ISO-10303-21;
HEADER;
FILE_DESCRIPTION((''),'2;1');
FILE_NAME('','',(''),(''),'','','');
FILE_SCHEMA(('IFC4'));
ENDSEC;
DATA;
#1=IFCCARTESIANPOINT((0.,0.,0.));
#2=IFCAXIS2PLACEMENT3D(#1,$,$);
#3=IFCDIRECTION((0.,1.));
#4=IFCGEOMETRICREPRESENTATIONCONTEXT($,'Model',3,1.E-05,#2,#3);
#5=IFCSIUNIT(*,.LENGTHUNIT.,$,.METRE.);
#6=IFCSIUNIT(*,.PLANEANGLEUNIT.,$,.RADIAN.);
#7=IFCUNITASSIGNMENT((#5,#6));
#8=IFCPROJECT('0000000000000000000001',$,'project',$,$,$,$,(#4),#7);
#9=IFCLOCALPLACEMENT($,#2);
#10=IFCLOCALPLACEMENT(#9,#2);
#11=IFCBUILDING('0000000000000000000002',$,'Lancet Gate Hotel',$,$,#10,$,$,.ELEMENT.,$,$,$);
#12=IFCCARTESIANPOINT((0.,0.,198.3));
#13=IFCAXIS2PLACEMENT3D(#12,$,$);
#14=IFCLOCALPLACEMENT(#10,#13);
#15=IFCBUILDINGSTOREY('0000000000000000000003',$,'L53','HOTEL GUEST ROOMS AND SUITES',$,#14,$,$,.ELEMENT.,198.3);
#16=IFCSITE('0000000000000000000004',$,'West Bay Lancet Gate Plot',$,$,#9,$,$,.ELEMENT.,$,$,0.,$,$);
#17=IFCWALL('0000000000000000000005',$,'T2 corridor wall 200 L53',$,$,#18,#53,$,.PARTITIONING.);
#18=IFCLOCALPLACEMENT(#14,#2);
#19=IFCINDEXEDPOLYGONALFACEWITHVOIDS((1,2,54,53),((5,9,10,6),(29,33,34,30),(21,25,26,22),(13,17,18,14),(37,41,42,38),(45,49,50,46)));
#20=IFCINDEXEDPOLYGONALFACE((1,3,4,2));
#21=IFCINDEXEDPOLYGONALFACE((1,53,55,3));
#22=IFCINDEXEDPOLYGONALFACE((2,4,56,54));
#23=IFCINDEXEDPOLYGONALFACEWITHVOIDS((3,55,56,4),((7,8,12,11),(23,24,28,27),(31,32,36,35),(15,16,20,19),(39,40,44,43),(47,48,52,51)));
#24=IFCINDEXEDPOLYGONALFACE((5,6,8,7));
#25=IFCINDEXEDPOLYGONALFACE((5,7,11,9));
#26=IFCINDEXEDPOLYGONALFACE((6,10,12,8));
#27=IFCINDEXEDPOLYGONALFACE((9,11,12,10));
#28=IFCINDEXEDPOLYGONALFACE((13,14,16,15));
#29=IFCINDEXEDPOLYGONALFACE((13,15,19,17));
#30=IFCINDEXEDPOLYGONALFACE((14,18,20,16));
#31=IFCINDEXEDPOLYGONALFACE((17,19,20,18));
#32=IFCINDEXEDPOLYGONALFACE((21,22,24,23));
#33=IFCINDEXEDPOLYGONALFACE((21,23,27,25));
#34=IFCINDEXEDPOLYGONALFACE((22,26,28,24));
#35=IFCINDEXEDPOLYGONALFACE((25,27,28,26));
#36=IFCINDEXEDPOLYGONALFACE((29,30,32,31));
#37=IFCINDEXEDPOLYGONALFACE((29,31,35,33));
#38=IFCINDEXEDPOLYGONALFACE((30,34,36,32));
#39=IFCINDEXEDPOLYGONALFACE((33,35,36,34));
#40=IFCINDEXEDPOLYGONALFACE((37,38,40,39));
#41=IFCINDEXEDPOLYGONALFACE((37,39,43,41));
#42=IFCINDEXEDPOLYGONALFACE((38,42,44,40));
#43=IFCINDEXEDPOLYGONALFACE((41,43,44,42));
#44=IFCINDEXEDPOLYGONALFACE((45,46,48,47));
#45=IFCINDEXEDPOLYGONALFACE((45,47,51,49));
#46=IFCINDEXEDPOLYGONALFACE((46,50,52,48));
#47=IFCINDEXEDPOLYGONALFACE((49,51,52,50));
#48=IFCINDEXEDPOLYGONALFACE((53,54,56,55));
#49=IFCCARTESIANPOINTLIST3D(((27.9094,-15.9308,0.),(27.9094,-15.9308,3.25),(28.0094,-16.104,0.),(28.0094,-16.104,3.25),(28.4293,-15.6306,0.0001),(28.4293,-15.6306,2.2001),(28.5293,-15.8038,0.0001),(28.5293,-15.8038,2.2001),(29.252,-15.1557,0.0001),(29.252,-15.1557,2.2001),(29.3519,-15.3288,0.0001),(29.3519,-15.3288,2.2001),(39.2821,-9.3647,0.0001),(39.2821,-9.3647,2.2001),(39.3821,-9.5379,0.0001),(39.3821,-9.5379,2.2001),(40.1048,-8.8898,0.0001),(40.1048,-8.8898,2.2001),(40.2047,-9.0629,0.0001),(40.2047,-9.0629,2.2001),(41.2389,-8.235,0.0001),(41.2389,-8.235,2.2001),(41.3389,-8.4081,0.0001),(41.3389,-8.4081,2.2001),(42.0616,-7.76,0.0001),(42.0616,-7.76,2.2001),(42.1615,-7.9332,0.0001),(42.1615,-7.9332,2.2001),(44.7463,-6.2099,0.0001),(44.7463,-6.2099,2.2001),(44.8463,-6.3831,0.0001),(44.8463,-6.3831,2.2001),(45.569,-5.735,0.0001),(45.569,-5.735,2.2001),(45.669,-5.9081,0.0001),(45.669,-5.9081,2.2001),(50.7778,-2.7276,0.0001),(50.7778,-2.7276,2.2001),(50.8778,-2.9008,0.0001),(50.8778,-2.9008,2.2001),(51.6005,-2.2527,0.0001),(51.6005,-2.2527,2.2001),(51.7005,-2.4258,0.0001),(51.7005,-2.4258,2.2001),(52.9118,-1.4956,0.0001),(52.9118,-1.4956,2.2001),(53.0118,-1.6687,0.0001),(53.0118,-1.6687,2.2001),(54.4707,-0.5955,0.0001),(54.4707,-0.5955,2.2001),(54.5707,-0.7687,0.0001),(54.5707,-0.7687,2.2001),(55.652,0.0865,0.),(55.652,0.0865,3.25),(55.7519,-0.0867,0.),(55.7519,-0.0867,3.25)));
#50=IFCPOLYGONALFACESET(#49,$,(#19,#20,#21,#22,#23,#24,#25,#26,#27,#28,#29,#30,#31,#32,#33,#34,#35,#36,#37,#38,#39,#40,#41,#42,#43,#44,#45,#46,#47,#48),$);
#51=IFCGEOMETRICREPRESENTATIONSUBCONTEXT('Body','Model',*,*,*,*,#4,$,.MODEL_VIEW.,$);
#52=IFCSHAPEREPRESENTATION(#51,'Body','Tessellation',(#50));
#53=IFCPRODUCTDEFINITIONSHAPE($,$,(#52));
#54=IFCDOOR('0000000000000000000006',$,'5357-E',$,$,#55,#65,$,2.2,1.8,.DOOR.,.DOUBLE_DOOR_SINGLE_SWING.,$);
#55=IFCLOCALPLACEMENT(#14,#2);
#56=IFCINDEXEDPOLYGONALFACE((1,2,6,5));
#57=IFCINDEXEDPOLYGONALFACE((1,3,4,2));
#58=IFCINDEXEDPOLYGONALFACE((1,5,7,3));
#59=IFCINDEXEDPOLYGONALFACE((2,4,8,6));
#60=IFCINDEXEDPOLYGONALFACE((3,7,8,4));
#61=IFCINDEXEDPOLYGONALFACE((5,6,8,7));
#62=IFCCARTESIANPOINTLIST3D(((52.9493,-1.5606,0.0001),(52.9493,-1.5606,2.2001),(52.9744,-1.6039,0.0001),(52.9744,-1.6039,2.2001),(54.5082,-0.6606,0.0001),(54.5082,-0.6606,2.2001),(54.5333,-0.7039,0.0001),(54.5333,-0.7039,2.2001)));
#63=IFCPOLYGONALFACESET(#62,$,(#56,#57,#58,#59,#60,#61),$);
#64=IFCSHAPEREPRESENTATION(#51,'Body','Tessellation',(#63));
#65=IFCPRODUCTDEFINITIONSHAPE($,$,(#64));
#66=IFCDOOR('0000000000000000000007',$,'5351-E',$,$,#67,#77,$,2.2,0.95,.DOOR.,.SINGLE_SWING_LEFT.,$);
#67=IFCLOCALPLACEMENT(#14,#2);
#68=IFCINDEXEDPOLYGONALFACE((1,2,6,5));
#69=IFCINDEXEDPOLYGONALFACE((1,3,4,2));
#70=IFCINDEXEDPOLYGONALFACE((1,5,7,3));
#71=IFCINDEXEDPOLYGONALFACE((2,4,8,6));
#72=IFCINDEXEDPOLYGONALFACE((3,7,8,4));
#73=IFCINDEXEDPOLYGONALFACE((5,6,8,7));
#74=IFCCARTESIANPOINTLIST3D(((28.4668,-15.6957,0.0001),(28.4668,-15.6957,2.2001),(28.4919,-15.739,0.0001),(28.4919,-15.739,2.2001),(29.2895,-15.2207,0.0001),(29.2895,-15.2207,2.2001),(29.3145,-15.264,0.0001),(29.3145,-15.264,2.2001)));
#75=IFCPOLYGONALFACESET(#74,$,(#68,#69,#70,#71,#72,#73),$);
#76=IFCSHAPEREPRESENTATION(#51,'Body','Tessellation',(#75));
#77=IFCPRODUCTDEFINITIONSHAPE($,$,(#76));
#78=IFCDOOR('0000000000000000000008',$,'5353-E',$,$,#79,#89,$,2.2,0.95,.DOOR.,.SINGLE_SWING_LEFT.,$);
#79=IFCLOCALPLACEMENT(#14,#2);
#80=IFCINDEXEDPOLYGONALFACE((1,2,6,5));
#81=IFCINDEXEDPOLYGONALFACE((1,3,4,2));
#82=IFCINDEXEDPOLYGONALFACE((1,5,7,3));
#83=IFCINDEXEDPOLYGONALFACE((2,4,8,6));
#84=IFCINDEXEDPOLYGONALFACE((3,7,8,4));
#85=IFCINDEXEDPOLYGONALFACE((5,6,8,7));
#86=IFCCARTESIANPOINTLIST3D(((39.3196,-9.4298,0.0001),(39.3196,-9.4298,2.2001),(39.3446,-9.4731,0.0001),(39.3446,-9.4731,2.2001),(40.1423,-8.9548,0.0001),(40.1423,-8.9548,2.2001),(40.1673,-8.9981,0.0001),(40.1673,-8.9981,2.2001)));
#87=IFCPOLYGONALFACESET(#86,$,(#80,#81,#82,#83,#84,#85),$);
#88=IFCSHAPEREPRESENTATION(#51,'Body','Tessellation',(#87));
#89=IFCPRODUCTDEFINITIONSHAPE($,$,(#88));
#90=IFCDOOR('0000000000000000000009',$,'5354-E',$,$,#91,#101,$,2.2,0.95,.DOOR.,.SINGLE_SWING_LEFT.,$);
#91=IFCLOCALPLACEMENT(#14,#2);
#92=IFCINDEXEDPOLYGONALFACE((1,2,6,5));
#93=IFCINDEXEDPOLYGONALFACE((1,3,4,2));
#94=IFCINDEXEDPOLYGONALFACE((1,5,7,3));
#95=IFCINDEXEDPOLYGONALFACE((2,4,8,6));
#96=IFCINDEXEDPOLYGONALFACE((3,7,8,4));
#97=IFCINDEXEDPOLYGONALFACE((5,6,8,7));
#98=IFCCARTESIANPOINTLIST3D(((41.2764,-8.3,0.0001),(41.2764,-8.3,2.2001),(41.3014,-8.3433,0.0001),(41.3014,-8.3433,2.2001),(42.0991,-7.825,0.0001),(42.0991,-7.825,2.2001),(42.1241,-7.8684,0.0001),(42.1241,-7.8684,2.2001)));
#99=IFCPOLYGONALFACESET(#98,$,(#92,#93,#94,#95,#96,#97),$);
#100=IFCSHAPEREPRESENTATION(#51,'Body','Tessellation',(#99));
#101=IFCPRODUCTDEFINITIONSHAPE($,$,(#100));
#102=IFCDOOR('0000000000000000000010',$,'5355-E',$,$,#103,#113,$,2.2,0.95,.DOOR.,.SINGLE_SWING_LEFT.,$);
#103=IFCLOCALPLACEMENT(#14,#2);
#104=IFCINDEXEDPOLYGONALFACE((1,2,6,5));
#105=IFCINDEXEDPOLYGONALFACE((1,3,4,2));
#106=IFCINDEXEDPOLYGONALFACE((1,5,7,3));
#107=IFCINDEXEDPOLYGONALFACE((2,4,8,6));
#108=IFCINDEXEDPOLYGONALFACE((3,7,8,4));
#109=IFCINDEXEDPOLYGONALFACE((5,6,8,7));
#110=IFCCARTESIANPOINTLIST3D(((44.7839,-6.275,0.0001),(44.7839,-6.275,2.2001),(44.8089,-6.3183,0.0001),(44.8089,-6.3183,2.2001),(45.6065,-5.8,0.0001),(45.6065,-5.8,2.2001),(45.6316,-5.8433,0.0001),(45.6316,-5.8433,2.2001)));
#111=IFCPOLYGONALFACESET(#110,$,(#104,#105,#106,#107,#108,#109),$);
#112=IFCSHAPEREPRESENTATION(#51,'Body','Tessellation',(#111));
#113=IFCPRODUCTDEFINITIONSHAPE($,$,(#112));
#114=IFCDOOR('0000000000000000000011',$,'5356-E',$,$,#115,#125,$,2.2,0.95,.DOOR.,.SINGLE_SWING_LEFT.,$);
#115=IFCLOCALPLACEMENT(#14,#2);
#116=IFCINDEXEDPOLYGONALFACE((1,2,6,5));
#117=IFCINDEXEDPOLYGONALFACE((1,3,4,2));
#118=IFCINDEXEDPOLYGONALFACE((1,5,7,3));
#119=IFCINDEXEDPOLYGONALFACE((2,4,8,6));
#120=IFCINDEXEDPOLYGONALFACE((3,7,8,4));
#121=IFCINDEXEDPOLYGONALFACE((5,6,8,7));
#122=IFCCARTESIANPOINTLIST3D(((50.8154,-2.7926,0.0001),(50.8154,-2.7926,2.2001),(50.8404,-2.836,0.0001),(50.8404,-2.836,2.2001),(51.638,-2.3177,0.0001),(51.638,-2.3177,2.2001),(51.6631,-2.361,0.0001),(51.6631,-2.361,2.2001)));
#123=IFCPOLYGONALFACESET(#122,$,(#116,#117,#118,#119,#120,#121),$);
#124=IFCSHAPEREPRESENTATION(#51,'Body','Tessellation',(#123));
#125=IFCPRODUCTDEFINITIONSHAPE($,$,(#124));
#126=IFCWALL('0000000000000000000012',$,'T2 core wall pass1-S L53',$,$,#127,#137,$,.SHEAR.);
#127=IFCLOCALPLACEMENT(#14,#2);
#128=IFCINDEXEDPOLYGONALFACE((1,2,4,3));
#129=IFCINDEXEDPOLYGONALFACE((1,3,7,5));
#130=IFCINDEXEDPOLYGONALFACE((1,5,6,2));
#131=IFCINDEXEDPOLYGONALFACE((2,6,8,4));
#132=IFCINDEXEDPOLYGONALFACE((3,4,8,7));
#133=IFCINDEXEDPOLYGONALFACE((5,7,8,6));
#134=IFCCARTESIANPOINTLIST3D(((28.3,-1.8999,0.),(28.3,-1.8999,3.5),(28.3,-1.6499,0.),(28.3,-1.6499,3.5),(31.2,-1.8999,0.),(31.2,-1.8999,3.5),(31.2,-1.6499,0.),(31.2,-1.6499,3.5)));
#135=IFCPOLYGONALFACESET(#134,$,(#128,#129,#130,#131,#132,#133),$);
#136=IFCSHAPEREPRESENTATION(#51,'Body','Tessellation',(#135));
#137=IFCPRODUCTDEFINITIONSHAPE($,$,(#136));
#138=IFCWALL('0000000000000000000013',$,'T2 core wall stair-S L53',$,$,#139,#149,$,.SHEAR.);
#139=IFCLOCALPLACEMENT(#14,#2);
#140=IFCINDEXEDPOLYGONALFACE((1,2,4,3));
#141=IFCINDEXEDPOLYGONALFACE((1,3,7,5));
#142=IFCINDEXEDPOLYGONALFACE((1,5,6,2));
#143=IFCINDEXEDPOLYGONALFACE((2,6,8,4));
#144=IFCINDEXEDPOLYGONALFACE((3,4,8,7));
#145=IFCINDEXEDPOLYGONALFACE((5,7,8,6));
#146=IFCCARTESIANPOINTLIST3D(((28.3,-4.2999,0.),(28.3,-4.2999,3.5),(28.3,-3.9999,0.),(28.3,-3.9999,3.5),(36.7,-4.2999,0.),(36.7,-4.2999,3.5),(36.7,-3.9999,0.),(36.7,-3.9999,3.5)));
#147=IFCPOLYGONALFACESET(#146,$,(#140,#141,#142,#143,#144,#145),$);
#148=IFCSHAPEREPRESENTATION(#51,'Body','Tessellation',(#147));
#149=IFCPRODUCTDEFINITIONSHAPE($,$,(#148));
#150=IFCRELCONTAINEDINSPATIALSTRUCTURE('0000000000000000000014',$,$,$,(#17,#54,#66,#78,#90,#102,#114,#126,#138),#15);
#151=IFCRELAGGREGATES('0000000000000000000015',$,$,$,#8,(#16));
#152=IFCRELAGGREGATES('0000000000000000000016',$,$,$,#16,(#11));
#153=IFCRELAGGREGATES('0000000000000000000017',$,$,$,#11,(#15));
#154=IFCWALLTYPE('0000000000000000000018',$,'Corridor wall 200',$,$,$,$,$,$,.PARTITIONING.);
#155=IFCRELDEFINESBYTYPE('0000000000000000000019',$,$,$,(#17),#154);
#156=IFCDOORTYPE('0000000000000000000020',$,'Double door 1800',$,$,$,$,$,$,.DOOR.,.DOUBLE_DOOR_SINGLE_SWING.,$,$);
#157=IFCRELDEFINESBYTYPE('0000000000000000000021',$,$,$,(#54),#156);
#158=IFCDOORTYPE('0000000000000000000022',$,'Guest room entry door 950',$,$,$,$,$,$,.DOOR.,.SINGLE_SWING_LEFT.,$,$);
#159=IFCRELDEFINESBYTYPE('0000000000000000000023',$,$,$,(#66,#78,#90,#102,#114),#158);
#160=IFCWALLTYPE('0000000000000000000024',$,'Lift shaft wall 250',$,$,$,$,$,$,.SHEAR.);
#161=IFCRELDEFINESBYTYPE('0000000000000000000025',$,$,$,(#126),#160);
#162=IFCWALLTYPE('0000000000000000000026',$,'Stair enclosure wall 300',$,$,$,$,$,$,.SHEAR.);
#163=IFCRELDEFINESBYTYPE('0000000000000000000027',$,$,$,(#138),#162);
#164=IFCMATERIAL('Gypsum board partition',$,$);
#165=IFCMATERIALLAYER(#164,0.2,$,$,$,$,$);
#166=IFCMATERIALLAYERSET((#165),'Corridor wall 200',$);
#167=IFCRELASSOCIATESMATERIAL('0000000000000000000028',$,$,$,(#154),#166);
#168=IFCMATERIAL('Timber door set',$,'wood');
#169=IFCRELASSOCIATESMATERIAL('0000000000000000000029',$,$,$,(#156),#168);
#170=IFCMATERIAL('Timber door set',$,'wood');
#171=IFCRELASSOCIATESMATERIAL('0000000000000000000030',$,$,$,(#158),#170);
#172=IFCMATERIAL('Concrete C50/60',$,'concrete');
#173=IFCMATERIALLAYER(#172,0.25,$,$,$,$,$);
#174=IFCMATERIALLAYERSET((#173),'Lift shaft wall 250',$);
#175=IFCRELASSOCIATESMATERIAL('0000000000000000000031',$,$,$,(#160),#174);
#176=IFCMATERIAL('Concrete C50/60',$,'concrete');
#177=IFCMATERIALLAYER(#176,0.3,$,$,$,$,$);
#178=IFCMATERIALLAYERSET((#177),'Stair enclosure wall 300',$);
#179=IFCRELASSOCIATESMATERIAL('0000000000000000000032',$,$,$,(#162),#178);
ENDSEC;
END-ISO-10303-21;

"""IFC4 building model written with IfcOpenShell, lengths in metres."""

from ifc_helpers import new_model, si_unit, direction, frame, frame_2d, origin, place, context, subcontext, project, spatial, rectangle, extrude, material, layer, layer_set, type_object, element, fill, save


model = new_model("IFC4")

# Units and contexts
model_context = context("Model", 3, precision=1e-05, world=origin(), true_north=direction((0.0, 1.0)))
body_context = subcontext(model_context, "Body", "Model", "MODEL_VIEW")
ifc_project = project(units=[si_unit("LENGTHUNIT", "METRE"), si_unit("PLANEANGLEUNIT", "RADIAN")], contexts=[model_context])

# Site, building, storey
site_placement = place(None, origin())
site = spatial("IfcSite", under=ifc_project, at=site_placement, Name="West Bay Lancet Gate Plot", CompositionType="ELEMENT", RefElevation=0.0)
building_placement = place(site_placement, origin())
building = spatial("IfcBuilding", under=site, at=building_placement, Name="Lancet Gate Hotel", CompositionType="ELEMENT")
storey_placement = place(building_placement, frame((0.0, 0.0, 198.3)))
storey = spatial("IfcBuildingStorey", under=building, at=storey_placement, Name="L53", Description="HOTEL GUEST ROOMS AND SUITES", CompositionType="ELEMENT", Elevation=198.3)

# Wall, openings, doors
ifc_material_1 = material(Name="Gypsum board partition")
ifc_layer_1 = layer(ifc_material_1, 0.2)
ifc_layer_set_1 = layer_set([ifc_layer_1], Name="Corridor wall 200")
wall_type_1 = type_object("IfcWallType", Name="Corridor wall 200", PredefinedType="PARTITIONING", material=ifc_layer_set_1)
wall_1_placement = place(storey_placement, frame((27.9595, -16.0173, 0.0), z_axis=(0.0, 0.0, 1.0), x_axis=(0.866024, 0.500002, 0.0)))
wall_1 = element("IfcWall", 1, at=wall_1_placement, inside=storey, type_object=wall_type_1, Name="T2 corridor wall 200 L53", PredefinedType="PARTITIONING", context=body_context, shape_type="SweptSolid", body=[
    extrude(rectangle(XDim=32.0344, YDim=0.2, at=frame_2d((16.0171, 0.0))), origin(), (0.0, 0.0, 1.0), 3.25),
])
opening_1_placement = place(wall_1_placement, frame((0.6001, 0.0, 0.0)))
opening_1 = element("IfcOpeningElement", 2, at=opening_1_placement, cuts=wall_1, PredefinedType="OPENING", context=body_context, shape_type="SweptSolid", body=[
    extrude(rectangle(XDim=0.95, YDim=2.2, at=frame_2d((0.4751, 1.1001))), frame((0.0, 0.1099, 0.0), z_axis=(0.0, -1.0, 0.0), x_axis=(1.0, 0.0, 0.0)), (0.0, 0.0, 1.0), 0.22),
])
opening_2_placement = place(wall_1_placement, frame((13.1318, 0.0, 0.0)))
opening_2 = element("IfcOpeningElement", 3, at=opening_2_placement, cuts=wall_1, PredefinedType="OPENING", context=body_context, shape_type="SweptSolid", body=[
    extrude(rectangle(XDim=0.95, YDim=2.2, at=frame_2d((0.4751, 1.1001))), frame((0.0, 0.1099, 0.0), z_axis=(0.0, -1.0, 0.0), x_axis=(1.0, 0.0, 0.0)), (0.0, 0.0, 1.0), 0.22),
])
opening_3_placement = place(wall_1_placement, frame((15.3914, 0.0, 0.0)))
opening_3 = element("IfcOpeningElement", 4, at=opening_3_placement, cuts=wall_1, PredefinedType="OPENING", context=body_context, shape_type="SweptSolid", body=[
    extrude(rectangle(XDim=0.95, YDim=2.2, at=frame_2d((0.4751, 1.1001))), frame((0.0, 0.1099, 0.0), z_axis=(0.0, -1.0, 0.0), x_axis=(1.0, 0.0, 0.0)), (0.0, 0.0, 1.0), 0.22),
])
opening_4_placement = place(wall_1_placement, frame((19.4414, 0.0, 0.0)))
opening_4 = element("IfcOpeningElement", 5, at=opening_4_placement, cuts=wall_1, PredefinedType="OPENING", context=body_context, shape_type="SweptSolid", body=[
    extrude(rectangle(XDim=0.95, YDim=2.2, at=frame_2d((0.4751, 1.1001))), frame((0.0, 0.1099, 0.0), z_axis=(0.0, -1.0, 0.0), x_axis=(1.0, 0.0, 0.0)), (0.0, 0.0, 1.0), 0.22),
])
opening_5_placement = place(wall_1_placement, frame((26.406, 0.0, 0.0)))
opening_5 = element("IfcOpeningElement", 6, at=opening_5_placement, cuts=wall_1, PredefinedType="OPENING", context=body_context, shape_type="SweptSolid", body=[
    extrude(rectangle(XDim=0.95, YDim=2.2, at=frame_2d((0.4751, 1.1001))), frame((0.0, 0.1099, 0.0), z_axis=(0.0, -1.0, 0.0), x_axis=(1.0, 0.0, 0.0)), (0.0, 0.0, 1.0), 0.22),
])
opening_6_placement = place(wall_1_placement, frame((28.8704, 0.0, 0.0)))
opening_6 = element("IfcOpeningElement", 7, at=opening_6_placement, cuts=wall_1, PredefinedType="OPENING", context=body_context, shape_type="SweptSolid", body=[
    extrude(rectangle(XDim=1.8, YDim=2.2, at=frame_2d((0.8999, 1.1001))), frame((0.0, 0.1099, 0.0), z_axis=(0.0, -1.0, 0.0), x_axis=(1.0, 0.0, 0.0)), (0.0, 0.0, 1.0), 0.22),
])
ifc_material_2 = material(Name="Timber door set", Category="wood")
door_type_1 = type_object("IfcDoorType", Name="Double door 1800", OperationType="DOUBLE_DOOR_SINGLE_SWING", PredefinedType="DOOR", material=ifc_material_2)
door_1_placement = place(opening_6_placement, origin())
door_1 = element("IfcDoor", 8, at=door_1_placement, inside=storey, type_object=door_type_1, Name="5357-E", OperationType="DOUBLE_DOOR_SINGLE_SWING", OverallHeight=2.2, OverallWidth=1.8, PredefinedType="DOOR", context=body_context, shape_type="SweptSolid", body=[
    extrude(rectangle(XDim=1.8, YDim=2.2, at=frame_2d((0.8999, 1.1001))), frame((0.0, 0.0249, 0.0), z_axis=(0.0, -1.0, 0.0), x_axis=(1.0, 0.0, 0.0)), (0.0, 0.0, 1.0), 0.05),
])
fill(opening_6, door_1)
ifc_material_3 = material(Name="Timber door set", Category="wood")
door_type_2 = type_object("IfcDoorType", Name="Guest room entry door 950", OperationType="SINGLE_SWING_LEFT", PredefinedType="DOOR", material=ifc_material_3)
door_2_placement = place(opening_1_placement, origin())
door_2 = element("IfcDoor", 9, at=door_2_placement, inside=storey, type_object=door_type_2, Name="5351-E", OperationType="SINGLE_SWING_LEFT", OverallHeight=2.2, OverallWidth=0.95, PredefinedType="DOOR", context=body_context, shape_type="SweptSolid", body=[
    extrude(rectangle(XDim=0.95, YDim=2.2, at=frame_2d((0.4751, 1.1001))), frame((0.0, 0.0249, 0.0), z_axis=(0.0, -1.0, 0.0), x_axis=(1.0, 0.0, 0.0)), (0.0, 0.0, 1.0), 0.05),
])
fill(opening_1, door_2)
door_3_placement = place(opening_2_placement, origin())
door_3 = element("IfcDoor", 10, at=door_3_placement, inside=storey, type_object=door_type_2, Name="5353-E", OperationType="SINGLE_SWING_LEFT", OverallHeight=2.2, OverallWidth=0.95, PredefinedType="DOOR", context=body_context, shape_type="SweptSolid", body=[
    extrude(rectangle(XDim=0.95, YDim=2.2, at=frame_2d((0.4751, 1.1001))), frame((0.0, 0.0249, 0.0), z_axis=(0.0, -1.0, 0.0), x_axis=(1.0, 0.0, 0.0)), (0.0, 0.0, 1.0), 0.05),
])
fill(opening_2, door_3)
door_4_placement = place(opening_3_placement, origin())
door_4 = element("IfcDoor", 11, at=door_4_placement, inside=storey, type_object=door_type_2, Name="5354-E", OperationType="SINGLE_SWING_LEFT", OverallHeight=2.2, OverallWidth=0.95, PredefinedType="DOOR", context=body_context, shape_type="SweptSolid", body=[
    extrude(rectangle(XDim=0.95, YDim=2.2, at=frame_2d((0.4751, 1.1001))), frame((0.0, 0.0249, 0.0), z_axis=(0.0, -1.0, 0.0), x_axis=(1.0, 0.0, 0.0)), (0.0, 0.0, 1.0), 0.05),
])
fill(opening_3, door_4)
door_5_placement = place(opening_4_placement, origin())
door_5 = element("IfcDoor", 12, at=door_5_placement, inside=storey, type_object=door_type_2, Name="5355-E", OperationType="SINGLE_SWING_LEFT", OverallHeight=2.2, OverallWidth=0.95, PredefinedType="DOOR", context=body_context, shape_type="SweptSolid", body=[
    extrude(rectangle(XDim=0.95, YDim=2.2, at=frame_2d((0.4751, 1.1001))), frame((0.0, 0.0249, 0.0), z_axis=(0.0, -1.0, 0.0), x_axis=(1.0, 0.0, 0.0)), (0.0, 0.0, 1.0), 0.05),
])
fill(opening_4, door_5)
door_6_placement = place(opening_5_placement, origin())
door_6 = element("IfcDoor", 13, at=door_6_placement, inside=storey, type_object=door_type_2, Name="5356-E", OperationType="SINGLE_SWING_LEFT", OverallHeight=2.2, OverallWidth=0.95, PredefinedType="DOOR", context=body_context, shape_type="SweptSolid", body=[
    extrude(rectangle(XDim=0.95, YDim=2.2, at=frame_2d((0.4751, 1.1001))), frame((0.0, 0.0249, 0.0), z_axis=(0.0, -1.0, 0.0), x_axis=(1.0, 0.0, 0.0)), (0.0, 0.0, 1.0), 0.05),
])
fill(opening_5, door_6)

# Walls
ifc_material_4 = material(Name="Concrete C50/60", Category="concrete")
ifc_layer_2 = layer(ifc_material_4, 0.25)
ifc_layer_set_2 = layer_set([ifc_layer_2], Name="Lift shaft wall 250")
wall_type_2 = type_object("IfcWallType", Name="Lift shaft wall 250", PredefinedType="SHEAR", material=ifc_layer_set_2)
wall_2_placement = place(storey_placement, frame((28.3, -1.7749, 0.0), z_axis=(0.0, 0.0, 1.0), x_axis=(1.0, 0.0, 0.0)))
element("IfcWall", 14, at=wall_2_placement, inside=storey, type_object=wall_type_2, Name="T2 core wall pass1-S L53", PredefinedType="SHEAR", context=body_context, shape_type="SweptSolid", body=[
    extrude(rectangle(XDim=2.8999, YDim=0.25, at=frame_2d((1.45, 0.0))), origin(), (0.0, 0.0, 1.0), 3.5),
])
ifc_material_5 = material(Name="Concrete C50/60", Category="concrete")
ifc_layer_3 = layer(ifc_material_5, 0.3)
ifc_layer_set_3 = layer_set([ifc_layer_3], Name="Stair enclosure wall 300")
wall_type_3 = type_object("IfcWallType", Name="Stair enclosure wall 300", PredefinedType="SHEAR", material=ifc_layer_set_3)
wall_3_placement = place(storey_placement, frame((28.3, -4.1499, 0.0), z_axis=(0.0, 0.0, 1.0), x_axis=(1.0, 0.0, 0.0)))
element("IfcWall", 15, at=wall_3_placement, inside=storey, type_object=wall_type_3, Name="T2 core wall stair-S L53", PredefinedType="SHEAR", context=body_context, shape_type="SweptSolid", body=[
    extrude(rectangle(XDim=8.3999, YDim=0.3, at=frame_2d((4.2, 0.0))), origin(), (0.0, 0.0, 1.0), 3.5),
])

save(model, "model.ifc")
